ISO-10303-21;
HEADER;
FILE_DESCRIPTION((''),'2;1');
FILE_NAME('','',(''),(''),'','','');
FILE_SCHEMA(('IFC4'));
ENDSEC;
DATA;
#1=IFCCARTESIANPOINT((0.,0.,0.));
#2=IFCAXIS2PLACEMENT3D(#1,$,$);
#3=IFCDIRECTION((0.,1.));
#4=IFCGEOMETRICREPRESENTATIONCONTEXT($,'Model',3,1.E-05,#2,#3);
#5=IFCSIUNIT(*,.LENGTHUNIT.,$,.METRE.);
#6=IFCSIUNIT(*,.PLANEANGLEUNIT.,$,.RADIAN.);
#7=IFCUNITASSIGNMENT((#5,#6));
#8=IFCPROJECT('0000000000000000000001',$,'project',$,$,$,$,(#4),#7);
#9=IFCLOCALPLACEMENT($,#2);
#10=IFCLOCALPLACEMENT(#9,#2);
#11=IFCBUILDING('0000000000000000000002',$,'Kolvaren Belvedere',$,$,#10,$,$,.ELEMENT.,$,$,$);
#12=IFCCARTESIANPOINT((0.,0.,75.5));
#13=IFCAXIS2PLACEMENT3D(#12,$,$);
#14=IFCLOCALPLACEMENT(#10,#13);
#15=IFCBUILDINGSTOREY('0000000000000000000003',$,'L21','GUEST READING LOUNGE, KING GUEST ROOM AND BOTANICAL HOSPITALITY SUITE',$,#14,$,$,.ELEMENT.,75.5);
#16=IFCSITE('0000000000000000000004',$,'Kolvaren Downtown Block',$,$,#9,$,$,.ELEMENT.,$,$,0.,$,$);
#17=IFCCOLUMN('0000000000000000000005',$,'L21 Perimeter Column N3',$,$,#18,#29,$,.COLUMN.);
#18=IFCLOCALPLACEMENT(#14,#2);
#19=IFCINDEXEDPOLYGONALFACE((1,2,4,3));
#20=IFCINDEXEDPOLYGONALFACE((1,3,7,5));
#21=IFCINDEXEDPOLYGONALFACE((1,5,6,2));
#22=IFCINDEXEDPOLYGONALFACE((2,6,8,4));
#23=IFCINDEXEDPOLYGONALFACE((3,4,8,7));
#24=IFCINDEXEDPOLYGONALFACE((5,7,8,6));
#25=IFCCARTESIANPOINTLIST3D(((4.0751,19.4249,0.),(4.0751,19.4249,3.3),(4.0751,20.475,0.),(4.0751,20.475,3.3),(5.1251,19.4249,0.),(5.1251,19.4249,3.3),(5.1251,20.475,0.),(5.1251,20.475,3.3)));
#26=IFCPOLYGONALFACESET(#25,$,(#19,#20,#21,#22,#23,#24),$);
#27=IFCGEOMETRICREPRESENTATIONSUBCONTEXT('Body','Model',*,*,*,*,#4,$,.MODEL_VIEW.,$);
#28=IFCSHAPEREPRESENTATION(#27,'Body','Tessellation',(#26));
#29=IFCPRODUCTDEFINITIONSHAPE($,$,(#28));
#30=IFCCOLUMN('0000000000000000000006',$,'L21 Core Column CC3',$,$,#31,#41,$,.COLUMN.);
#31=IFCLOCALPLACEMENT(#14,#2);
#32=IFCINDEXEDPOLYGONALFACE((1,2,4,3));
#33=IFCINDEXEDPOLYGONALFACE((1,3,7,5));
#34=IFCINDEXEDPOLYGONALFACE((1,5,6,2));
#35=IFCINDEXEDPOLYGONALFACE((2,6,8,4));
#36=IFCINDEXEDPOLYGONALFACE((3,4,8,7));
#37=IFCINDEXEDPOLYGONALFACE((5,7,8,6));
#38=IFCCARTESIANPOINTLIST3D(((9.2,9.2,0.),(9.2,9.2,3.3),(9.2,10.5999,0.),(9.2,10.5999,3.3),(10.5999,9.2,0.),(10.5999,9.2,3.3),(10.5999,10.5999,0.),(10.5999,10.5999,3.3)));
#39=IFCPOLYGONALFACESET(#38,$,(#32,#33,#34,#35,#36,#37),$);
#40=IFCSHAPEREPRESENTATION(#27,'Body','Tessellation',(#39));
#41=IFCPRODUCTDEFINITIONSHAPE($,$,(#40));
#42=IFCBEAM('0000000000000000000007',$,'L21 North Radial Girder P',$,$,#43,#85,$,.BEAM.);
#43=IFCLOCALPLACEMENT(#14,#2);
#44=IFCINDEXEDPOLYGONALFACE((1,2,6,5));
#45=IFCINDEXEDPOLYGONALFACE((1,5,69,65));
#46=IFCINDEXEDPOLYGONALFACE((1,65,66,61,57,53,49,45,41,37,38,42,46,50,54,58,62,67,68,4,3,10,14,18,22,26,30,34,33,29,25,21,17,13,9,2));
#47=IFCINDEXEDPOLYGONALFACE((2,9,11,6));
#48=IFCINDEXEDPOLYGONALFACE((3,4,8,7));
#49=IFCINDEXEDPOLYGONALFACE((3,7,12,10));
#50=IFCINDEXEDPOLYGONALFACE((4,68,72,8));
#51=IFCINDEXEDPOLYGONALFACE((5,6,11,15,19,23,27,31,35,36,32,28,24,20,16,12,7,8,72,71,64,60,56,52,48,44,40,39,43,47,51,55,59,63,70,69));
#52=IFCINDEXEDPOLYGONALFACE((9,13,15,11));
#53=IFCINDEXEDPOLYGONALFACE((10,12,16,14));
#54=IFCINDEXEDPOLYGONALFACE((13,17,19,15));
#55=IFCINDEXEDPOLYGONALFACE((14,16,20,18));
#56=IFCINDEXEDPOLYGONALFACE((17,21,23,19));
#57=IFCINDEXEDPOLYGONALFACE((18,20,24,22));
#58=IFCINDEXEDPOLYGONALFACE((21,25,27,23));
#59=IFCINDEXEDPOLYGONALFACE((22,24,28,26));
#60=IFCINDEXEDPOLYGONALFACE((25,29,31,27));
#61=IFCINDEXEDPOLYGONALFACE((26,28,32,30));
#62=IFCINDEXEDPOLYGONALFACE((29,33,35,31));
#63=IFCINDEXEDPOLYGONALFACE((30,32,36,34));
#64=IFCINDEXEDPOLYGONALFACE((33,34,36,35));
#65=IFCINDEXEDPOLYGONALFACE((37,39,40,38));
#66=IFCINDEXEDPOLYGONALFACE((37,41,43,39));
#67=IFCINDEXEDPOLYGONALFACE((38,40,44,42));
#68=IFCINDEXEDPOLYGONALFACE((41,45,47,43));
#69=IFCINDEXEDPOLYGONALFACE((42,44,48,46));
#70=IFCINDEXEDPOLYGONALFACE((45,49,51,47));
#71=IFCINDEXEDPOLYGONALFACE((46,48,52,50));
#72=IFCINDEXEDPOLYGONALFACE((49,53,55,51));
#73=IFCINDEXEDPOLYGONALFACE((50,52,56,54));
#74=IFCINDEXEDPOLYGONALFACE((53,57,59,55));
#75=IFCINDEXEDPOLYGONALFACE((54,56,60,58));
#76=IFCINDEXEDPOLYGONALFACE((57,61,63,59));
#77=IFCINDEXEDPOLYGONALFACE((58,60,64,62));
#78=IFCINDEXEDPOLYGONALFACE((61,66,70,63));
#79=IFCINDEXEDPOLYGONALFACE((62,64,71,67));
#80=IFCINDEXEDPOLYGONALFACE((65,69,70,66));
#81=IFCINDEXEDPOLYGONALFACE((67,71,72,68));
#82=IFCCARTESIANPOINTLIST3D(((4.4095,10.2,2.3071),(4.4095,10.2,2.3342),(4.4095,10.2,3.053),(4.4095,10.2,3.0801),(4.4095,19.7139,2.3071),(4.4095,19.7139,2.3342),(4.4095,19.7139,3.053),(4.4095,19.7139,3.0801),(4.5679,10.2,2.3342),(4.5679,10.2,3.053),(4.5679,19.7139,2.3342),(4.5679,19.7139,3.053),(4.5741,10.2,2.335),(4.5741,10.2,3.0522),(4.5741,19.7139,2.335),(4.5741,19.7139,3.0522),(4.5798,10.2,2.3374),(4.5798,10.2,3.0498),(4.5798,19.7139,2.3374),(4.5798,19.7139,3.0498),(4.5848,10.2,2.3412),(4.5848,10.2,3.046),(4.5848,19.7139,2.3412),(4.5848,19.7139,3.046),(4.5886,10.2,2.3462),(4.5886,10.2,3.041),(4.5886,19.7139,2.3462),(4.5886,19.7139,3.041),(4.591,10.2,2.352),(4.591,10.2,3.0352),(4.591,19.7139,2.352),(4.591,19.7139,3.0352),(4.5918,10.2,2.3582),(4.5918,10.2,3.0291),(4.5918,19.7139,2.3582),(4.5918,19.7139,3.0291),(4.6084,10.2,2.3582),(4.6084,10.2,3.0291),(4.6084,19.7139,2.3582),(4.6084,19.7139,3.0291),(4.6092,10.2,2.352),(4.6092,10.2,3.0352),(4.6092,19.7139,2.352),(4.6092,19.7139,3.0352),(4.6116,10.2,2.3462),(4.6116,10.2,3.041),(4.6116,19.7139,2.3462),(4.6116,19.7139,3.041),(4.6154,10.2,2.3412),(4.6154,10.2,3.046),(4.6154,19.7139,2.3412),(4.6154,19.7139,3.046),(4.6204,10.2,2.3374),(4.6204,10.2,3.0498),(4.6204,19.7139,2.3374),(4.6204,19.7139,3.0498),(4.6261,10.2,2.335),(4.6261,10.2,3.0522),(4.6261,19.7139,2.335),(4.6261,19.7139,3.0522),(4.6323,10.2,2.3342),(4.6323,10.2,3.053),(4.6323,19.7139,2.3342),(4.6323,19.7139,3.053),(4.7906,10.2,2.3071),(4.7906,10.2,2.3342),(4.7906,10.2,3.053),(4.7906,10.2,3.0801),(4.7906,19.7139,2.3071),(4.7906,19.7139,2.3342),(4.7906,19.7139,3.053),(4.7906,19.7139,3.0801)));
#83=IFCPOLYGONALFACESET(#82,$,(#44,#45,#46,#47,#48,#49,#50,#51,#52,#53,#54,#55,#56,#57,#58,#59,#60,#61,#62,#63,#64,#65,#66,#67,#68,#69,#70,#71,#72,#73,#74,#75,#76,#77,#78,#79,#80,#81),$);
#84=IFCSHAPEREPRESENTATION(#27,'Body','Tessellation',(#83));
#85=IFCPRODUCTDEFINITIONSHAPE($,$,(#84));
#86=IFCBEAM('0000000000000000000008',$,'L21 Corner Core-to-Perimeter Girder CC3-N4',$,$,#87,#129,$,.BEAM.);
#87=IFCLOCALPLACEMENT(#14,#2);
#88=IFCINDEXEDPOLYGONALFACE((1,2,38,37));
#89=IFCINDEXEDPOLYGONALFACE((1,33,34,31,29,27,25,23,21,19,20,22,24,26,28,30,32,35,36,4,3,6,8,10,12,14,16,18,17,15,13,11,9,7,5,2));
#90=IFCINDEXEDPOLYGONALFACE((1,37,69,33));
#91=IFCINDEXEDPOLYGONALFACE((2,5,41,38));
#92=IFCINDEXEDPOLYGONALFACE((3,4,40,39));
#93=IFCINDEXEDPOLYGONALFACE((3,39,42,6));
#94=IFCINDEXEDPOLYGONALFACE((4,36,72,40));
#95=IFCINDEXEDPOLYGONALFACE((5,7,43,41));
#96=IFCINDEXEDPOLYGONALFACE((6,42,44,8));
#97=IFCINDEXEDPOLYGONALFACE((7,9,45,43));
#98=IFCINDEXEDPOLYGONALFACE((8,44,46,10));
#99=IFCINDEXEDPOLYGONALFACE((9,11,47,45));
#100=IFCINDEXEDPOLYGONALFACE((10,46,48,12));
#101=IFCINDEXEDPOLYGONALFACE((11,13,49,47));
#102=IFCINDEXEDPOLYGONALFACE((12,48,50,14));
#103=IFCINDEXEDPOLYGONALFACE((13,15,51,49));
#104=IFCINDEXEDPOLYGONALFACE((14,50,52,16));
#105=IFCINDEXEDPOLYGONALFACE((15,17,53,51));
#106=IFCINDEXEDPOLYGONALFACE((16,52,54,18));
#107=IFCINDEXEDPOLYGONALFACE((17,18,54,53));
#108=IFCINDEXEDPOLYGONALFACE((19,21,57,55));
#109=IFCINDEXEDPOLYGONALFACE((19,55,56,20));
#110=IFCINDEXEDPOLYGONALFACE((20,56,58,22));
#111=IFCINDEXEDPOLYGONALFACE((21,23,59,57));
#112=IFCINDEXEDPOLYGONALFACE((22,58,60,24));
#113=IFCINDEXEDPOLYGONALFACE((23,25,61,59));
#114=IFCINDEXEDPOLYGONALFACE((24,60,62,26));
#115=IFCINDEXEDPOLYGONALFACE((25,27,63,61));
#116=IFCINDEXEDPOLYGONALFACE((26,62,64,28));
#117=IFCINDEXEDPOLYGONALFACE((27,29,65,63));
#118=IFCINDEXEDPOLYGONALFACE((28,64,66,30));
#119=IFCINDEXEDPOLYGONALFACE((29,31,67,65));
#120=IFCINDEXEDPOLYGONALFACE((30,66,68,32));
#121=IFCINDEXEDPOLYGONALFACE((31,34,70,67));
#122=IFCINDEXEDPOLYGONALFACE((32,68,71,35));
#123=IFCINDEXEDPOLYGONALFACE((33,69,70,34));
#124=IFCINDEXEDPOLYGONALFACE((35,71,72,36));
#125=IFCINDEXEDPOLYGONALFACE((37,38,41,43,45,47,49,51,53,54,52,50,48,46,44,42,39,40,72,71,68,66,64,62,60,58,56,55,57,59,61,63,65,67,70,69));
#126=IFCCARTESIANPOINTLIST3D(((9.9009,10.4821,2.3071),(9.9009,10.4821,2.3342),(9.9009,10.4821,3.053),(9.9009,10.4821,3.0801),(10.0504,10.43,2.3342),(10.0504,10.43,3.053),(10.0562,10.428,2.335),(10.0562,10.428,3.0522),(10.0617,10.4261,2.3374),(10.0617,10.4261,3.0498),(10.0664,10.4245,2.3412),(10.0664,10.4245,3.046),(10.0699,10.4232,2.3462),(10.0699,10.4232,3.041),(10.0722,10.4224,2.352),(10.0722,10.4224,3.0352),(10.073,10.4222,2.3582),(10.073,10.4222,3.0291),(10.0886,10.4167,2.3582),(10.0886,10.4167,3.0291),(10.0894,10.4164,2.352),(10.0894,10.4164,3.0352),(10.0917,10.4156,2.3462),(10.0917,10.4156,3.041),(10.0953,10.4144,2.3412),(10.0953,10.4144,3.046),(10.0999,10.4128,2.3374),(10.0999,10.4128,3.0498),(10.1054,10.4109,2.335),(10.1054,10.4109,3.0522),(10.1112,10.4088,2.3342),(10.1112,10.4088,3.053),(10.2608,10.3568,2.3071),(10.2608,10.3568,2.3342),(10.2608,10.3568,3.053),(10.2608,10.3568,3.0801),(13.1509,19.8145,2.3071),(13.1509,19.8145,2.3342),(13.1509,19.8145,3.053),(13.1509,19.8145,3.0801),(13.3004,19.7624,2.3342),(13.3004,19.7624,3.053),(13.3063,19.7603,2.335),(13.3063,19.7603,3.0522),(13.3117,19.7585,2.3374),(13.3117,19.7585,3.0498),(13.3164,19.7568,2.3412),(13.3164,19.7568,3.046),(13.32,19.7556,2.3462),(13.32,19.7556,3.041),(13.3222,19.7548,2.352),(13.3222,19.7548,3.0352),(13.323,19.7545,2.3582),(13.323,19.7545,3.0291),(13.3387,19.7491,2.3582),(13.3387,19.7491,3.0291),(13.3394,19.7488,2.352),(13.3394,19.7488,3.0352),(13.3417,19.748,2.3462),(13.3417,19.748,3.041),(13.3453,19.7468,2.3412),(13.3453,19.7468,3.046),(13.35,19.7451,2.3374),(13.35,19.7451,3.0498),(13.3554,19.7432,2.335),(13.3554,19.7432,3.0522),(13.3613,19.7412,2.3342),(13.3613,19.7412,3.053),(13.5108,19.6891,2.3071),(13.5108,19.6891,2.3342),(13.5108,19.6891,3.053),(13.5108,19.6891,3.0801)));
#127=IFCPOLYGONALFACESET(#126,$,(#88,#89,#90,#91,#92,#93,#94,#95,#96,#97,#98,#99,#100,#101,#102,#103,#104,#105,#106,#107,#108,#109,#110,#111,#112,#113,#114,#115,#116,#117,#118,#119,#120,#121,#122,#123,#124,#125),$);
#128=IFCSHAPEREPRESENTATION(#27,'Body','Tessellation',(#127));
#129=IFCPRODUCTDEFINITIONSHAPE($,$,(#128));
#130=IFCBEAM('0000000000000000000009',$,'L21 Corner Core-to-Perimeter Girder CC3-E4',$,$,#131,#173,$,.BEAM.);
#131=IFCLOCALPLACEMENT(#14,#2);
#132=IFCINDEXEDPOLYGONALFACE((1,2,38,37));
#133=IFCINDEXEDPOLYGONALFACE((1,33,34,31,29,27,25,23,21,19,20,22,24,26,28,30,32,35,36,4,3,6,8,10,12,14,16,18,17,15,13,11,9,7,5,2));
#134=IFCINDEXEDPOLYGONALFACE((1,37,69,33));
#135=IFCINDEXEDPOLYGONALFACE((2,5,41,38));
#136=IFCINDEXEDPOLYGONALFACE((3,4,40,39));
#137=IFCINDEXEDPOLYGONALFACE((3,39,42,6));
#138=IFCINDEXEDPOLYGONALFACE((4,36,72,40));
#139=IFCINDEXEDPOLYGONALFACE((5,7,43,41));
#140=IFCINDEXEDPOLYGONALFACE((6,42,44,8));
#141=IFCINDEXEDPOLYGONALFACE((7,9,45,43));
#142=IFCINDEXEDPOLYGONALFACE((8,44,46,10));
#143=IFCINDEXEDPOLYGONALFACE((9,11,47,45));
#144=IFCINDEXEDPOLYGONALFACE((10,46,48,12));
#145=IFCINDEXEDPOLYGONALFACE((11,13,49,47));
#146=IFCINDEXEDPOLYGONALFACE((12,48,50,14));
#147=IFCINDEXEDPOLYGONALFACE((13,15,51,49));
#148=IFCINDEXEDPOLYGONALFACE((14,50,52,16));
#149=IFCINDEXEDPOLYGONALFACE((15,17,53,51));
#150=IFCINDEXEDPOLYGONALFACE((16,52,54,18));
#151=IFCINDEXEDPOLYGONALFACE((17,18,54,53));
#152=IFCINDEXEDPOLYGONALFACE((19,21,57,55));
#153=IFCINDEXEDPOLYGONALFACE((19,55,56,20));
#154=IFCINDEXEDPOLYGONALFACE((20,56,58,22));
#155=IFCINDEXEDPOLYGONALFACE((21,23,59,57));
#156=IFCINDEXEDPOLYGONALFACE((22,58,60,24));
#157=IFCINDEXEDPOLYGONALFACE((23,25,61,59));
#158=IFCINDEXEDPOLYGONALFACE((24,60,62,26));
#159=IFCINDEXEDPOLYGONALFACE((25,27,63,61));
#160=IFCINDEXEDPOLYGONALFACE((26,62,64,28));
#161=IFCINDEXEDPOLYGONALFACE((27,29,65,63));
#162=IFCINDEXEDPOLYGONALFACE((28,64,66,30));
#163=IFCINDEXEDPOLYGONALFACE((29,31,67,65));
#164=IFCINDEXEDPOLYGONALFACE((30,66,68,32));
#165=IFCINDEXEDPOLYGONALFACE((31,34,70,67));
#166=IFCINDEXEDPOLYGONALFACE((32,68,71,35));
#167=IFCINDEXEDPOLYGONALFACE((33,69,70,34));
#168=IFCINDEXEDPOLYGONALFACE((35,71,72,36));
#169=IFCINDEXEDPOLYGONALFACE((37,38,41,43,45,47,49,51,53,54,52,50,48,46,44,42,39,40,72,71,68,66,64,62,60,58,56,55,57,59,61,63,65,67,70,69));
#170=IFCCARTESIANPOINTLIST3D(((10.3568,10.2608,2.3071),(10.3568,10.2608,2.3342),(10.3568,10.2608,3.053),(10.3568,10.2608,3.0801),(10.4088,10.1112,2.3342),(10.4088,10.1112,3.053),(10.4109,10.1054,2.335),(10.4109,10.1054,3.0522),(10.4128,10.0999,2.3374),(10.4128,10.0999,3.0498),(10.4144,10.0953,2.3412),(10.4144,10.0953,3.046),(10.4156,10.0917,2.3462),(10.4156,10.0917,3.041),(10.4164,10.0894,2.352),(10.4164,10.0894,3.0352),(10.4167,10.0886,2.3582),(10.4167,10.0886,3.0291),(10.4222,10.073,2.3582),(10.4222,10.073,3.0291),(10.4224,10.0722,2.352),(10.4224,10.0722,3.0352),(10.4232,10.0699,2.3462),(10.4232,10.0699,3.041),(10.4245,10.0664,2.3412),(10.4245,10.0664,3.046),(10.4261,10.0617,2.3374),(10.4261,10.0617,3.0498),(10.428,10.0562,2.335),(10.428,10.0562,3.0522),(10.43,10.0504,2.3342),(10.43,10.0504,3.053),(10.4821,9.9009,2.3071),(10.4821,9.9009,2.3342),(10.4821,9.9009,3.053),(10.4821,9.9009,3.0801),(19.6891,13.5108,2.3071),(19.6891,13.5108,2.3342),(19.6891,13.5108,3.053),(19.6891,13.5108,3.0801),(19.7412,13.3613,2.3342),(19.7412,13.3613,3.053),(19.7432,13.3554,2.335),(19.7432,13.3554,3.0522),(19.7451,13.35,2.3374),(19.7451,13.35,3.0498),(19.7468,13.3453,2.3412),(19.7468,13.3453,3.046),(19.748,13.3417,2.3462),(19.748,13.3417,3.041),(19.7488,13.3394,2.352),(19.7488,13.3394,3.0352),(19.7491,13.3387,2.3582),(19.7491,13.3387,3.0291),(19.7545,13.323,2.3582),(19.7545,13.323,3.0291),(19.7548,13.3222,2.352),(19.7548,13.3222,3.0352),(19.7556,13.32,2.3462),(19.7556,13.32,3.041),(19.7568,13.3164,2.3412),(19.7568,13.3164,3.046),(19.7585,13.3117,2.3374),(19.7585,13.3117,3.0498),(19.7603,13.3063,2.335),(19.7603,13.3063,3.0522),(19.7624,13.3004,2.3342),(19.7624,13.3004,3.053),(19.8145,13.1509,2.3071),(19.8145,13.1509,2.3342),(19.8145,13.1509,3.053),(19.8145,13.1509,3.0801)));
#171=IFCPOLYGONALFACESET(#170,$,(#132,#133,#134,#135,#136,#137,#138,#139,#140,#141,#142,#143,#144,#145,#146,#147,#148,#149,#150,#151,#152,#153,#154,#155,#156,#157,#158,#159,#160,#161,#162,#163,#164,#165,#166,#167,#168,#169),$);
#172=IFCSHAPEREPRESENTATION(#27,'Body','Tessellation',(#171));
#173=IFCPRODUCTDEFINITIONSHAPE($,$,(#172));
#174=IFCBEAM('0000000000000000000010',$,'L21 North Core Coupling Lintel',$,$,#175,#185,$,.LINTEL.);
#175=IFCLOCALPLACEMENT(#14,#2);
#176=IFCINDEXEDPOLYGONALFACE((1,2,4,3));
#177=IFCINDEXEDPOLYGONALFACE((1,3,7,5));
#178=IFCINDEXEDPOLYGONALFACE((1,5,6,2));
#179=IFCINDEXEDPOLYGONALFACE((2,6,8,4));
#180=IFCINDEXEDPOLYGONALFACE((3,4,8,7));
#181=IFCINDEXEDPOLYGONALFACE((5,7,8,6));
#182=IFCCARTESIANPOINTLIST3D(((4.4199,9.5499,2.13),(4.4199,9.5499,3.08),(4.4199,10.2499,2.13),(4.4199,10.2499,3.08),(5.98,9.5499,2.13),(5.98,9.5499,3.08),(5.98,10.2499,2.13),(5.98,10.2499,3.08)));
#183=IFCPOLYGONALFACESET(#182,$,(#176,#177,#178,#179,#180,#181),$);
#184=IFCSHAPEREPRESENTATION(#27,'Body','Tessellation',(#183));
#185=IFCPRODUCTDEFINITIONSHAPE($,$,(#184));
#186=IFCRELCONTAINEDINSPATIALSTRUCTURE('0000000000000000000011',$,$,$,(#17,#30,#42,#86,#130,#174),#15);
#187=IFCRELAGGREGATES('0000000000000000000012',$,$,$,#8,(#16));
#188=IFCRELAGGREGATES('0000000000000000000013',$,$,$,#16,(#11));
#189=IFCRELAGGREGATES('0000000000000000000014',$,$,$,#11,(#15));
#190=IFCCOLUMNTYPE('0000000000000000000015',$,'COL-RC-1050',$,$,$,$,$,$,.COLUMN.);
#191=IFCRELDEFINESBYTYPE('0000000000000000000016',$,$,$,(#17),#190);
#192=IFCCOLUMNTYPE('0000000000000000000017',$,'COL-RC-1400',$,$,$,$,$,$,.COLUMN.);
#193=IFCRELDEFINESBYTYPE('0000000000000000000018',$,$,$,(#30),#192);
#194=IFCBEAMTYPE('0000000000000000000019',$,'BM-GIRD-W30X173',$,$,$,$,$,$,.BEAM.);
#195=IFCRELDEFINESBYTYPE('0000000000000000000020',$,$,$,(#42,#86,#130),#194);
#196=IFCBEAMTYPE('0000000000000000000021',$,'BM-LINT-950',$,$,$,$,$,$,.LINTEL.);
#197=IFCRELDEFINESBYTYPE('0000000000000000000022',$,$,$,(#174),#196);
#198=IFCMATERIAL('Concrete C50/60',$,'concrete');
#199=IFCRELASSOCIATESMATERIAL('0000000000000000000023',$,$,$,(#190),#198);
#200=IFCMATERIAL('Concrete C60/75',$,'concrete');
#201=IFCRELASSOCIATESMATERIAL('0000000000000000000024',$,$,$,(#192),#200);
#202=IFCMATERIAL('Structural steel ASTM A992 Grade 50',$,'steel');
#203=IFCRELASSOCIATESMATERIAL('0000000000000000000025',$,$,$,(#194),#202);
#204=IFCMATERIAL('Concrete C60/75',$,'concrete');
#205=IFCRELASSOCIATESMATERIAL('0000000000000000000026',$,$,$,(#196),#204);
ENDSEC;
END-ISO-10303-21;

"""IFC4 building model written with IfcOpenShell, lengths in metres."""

from ifc_helpers import new_model, si_unit, direction, frame, origin, origin_2d, place, context, subcontext, project, spatial, rectangle, i_section, extrude, material, material_profile, profile_set, type_object, element, save


model = new_model("IFC4")

# Units and contexts
model_context = context("Model", 3, precision=1e-05, world=origin(), true_north=direction((0.0, 1.0)))
body_context = subcontext(model_context, "Body", "Model", "MODEL_VIEW")
ifc_project = project(units=[si_unit("LENGTHUNIT", "METRE"), si_unit("PLANEANGLEUNIT", "RADIAN")], contexts=[model_context])

# Site, building, storey
site_placement = place(None, origin())
site = spatial("IfcSite", under=ifc_project, at=site_placement, Name="Kolvaren Downtown Block", CompositionType="ELEMENT", RefElevation=0.0)
building_placement = place(site_placement, origin())
building = spatial("IfcBuilding", under=site, at=building_placement, Name="Kolvaren Belvedere", CompositionType="ELEMENT")
storey_placement = place(building_placement, frame((0.0, 0.0, 75.5)))
storey = spatial("IfcBuildingStorey", under=building, at=storey_placement, Name="L21", Description="GUEST READING LOUNGE, KING GUEST ROOM AND BOTANICAL HOSPITALITY SUITE", CompositionType="ELEMENT", Elevation=75.5)

# Columns
ifc_material_1 = material(Name="Concrete C50/60", Category="concrete")
ifc_material_profile_1 = material_profile(ifc_material_1, rectangle(XDim=1.05, YDim=1.05, at=origin_2d()), Name="RC 1050X1050")
ifc_profile_set_1 = profile_set([ifc_material_profile_1], Name="Concrete C50/60")
column_type_1 = type_object("IfcColumnType", Name="COL-RC-1050", PredefinedType="COLUMN", material=ifc_profile_set_1)
column_1_placement = place(storey_placement, frame((4.6001, 19.95, 0.0), z_axis=(0.0, 0.0, 1.0), x_axis=(1.0, 0.0, 0.0)))
element("IfcColumn", 1, at=column_1_placement, inside=storey, type_object=column_type_1, Name="L21 Perimeter Column N3", PredefinedType="COLUMN", context=body_context, shape_type="SweptSolid", body=[
    extrude(rectangle(XDim=1.05, YDim=1.05, at=origin_2d()), origin(), (0.0, 0.0, 1.0), 3.3),
])
ifc_material_2 = material(Name="Concrete C60/75", Category="concrete")
ifc_material_profile_2 = material_profile(ifc_material_2, rectangle(XDim=1.3999, YDim=1.3999, at=origin_2d()), Name="RC 1400X1400")
ifc_profile_set_2 = profile_set([ifc_material_profile_2], Name="Concrete C60/75")
column_type_2 = type_object("IfcColumnType", Name="COL-RC-1400", PredefinedType="COLUMN", material=ifc_profile_set_2)
column_2_placement = place(storey_placement, frame((9.8999, 9.8999, 0.0), z_axis=(0.0, 0.0, 1.0), x_axis=(1.0, 0.0, 0.0)))
element("IfcColumn", 2, at=column_2_placement, inside=storey, type_object=column_type_2, Name="L21 Core Column CC3", PredefinedType="COLUMN", context=body_context, shape_type="SweptSolid", body=[
    extrude(rectangle(XDim=1.3999, YDim=1.3999, at=origin_2d()), origin(), (0.0, 0.0, 1.0), 3.3),
])

# Beams
ifc_material_3 = material(Name="Structural steel ASTM A992 Grade 50", Category="steel")
ifc_material_profile_3 = material_profile(ifc_material_3, i_section(OverallWidth=0.3811, OverallDepth=0.7729, WebThickness=0.0166, FlangeThickness=0.0271, FilletRadius=0.0239, at=origin_2d()), Name="W30X173")
ifc_profile_set_3 = profile_set([ifc_material_profile_3], Name="Structural steel ASTM A992 Grade 50")
beam_type_1 = type_object("IfcBeamType", Name="BM-GIRD-W30X173", PredefinedType="BEAM", material=ifc_profile_set_3)
beam_1_placement = place(storey_placement, frame((4.6001, 10.2, 2.6936), z_axis=(0.0, 1.0, 0.0), x_axis=(-1.0, 0.0, 0.0)))
element("IfcBeam", 3, at=beam_1_placement, inside=storey, type_object=beam_type_1, Name="L21 North Radial Girder P", PredefinedType="BEAM", context=body_context, shape_type="SweptSolid", body=[
    extrude(i_section(OverallWidth=0.3811, OverallDepth=0.7729, WebThickness=0.0166, FlangeThickness=0.0271, FilletRadius=0.0239, at=origin_2d()), origin(), (0.0, 0.0, 1.0), 9.5139),
])
for number, where, z_axis, x_axis, name in (
    (4, (10.0808, 10.4194, 2.6936), (0.328881, 0.944371, 0.0), (-0.944371, 0.328881, 0.0), "L21 Corner Core-to-Perimeter Girder CC3-N4"),
    (5, (10.4194, 10.0808, 2.6936), (0.944371, 0.328881, 0.0), (-0.328881, 0.944371, 0.0), "L21 Corner Core-to-Perimeter Girder CC3-E4"),
):
    element("IfcBeam", number, at=place(storey_placement, frame(where, z_axis=z_axis, x_axis=x_axis)), inside=storey, type_object=beam_type_1, Name=name, PredefinedType="BEAM", context=body_context, shape_type="SweptSolid", body=[
        extrude(i_section(OverallWidth=0.3811, OverallDepth=0.7729, WebThickness=0.0166, FlangeThickness=0.0271, FilletRadius=0.0239, at=origin_2d()), origin(), (0.0, 0.0, 1.0), 9.8821),
    ])
ifc_material_4 = material(Name="Concrete C60/75", Category="concrete")
ifc_material_profile_4 = material_profile(ifc_material_4, rectangle(XDim=0.7, YDim=0.95, at=origin_2d()), Name="RC 700X950")
ifc_profile_set_4 = profile_set([ifc_material_profile_4], Name="Concrete C60/75")
beam_type_2 = type_object("IfcBeamType", Name="BM-LINT-950", PredefinedType="LINTEL", material=ifc_profile_set_4)
beam_2_placement = place(storey_placement, frame((4.4199, 9.8999, 2.605), z_axis=(1.0, 0.0, 0.0), x_axis=(0.0, 1.0, 0.0)))
element("IfcBeam", 6, at=beam_2_placement, inside=storey, type_object=beam_type_2, Name="L21 North Core Coupling Lintel", PredefinedType="LINTEL", context=body_context, shape_type="SweptSolid", body=[
    extrude(rectangle(XDim=0.7, YDim=0.95, at=origin_2d()), origin(), (0.0, 0.0, 1.0), 1.5601),
])

save(model, "model.ifc")
